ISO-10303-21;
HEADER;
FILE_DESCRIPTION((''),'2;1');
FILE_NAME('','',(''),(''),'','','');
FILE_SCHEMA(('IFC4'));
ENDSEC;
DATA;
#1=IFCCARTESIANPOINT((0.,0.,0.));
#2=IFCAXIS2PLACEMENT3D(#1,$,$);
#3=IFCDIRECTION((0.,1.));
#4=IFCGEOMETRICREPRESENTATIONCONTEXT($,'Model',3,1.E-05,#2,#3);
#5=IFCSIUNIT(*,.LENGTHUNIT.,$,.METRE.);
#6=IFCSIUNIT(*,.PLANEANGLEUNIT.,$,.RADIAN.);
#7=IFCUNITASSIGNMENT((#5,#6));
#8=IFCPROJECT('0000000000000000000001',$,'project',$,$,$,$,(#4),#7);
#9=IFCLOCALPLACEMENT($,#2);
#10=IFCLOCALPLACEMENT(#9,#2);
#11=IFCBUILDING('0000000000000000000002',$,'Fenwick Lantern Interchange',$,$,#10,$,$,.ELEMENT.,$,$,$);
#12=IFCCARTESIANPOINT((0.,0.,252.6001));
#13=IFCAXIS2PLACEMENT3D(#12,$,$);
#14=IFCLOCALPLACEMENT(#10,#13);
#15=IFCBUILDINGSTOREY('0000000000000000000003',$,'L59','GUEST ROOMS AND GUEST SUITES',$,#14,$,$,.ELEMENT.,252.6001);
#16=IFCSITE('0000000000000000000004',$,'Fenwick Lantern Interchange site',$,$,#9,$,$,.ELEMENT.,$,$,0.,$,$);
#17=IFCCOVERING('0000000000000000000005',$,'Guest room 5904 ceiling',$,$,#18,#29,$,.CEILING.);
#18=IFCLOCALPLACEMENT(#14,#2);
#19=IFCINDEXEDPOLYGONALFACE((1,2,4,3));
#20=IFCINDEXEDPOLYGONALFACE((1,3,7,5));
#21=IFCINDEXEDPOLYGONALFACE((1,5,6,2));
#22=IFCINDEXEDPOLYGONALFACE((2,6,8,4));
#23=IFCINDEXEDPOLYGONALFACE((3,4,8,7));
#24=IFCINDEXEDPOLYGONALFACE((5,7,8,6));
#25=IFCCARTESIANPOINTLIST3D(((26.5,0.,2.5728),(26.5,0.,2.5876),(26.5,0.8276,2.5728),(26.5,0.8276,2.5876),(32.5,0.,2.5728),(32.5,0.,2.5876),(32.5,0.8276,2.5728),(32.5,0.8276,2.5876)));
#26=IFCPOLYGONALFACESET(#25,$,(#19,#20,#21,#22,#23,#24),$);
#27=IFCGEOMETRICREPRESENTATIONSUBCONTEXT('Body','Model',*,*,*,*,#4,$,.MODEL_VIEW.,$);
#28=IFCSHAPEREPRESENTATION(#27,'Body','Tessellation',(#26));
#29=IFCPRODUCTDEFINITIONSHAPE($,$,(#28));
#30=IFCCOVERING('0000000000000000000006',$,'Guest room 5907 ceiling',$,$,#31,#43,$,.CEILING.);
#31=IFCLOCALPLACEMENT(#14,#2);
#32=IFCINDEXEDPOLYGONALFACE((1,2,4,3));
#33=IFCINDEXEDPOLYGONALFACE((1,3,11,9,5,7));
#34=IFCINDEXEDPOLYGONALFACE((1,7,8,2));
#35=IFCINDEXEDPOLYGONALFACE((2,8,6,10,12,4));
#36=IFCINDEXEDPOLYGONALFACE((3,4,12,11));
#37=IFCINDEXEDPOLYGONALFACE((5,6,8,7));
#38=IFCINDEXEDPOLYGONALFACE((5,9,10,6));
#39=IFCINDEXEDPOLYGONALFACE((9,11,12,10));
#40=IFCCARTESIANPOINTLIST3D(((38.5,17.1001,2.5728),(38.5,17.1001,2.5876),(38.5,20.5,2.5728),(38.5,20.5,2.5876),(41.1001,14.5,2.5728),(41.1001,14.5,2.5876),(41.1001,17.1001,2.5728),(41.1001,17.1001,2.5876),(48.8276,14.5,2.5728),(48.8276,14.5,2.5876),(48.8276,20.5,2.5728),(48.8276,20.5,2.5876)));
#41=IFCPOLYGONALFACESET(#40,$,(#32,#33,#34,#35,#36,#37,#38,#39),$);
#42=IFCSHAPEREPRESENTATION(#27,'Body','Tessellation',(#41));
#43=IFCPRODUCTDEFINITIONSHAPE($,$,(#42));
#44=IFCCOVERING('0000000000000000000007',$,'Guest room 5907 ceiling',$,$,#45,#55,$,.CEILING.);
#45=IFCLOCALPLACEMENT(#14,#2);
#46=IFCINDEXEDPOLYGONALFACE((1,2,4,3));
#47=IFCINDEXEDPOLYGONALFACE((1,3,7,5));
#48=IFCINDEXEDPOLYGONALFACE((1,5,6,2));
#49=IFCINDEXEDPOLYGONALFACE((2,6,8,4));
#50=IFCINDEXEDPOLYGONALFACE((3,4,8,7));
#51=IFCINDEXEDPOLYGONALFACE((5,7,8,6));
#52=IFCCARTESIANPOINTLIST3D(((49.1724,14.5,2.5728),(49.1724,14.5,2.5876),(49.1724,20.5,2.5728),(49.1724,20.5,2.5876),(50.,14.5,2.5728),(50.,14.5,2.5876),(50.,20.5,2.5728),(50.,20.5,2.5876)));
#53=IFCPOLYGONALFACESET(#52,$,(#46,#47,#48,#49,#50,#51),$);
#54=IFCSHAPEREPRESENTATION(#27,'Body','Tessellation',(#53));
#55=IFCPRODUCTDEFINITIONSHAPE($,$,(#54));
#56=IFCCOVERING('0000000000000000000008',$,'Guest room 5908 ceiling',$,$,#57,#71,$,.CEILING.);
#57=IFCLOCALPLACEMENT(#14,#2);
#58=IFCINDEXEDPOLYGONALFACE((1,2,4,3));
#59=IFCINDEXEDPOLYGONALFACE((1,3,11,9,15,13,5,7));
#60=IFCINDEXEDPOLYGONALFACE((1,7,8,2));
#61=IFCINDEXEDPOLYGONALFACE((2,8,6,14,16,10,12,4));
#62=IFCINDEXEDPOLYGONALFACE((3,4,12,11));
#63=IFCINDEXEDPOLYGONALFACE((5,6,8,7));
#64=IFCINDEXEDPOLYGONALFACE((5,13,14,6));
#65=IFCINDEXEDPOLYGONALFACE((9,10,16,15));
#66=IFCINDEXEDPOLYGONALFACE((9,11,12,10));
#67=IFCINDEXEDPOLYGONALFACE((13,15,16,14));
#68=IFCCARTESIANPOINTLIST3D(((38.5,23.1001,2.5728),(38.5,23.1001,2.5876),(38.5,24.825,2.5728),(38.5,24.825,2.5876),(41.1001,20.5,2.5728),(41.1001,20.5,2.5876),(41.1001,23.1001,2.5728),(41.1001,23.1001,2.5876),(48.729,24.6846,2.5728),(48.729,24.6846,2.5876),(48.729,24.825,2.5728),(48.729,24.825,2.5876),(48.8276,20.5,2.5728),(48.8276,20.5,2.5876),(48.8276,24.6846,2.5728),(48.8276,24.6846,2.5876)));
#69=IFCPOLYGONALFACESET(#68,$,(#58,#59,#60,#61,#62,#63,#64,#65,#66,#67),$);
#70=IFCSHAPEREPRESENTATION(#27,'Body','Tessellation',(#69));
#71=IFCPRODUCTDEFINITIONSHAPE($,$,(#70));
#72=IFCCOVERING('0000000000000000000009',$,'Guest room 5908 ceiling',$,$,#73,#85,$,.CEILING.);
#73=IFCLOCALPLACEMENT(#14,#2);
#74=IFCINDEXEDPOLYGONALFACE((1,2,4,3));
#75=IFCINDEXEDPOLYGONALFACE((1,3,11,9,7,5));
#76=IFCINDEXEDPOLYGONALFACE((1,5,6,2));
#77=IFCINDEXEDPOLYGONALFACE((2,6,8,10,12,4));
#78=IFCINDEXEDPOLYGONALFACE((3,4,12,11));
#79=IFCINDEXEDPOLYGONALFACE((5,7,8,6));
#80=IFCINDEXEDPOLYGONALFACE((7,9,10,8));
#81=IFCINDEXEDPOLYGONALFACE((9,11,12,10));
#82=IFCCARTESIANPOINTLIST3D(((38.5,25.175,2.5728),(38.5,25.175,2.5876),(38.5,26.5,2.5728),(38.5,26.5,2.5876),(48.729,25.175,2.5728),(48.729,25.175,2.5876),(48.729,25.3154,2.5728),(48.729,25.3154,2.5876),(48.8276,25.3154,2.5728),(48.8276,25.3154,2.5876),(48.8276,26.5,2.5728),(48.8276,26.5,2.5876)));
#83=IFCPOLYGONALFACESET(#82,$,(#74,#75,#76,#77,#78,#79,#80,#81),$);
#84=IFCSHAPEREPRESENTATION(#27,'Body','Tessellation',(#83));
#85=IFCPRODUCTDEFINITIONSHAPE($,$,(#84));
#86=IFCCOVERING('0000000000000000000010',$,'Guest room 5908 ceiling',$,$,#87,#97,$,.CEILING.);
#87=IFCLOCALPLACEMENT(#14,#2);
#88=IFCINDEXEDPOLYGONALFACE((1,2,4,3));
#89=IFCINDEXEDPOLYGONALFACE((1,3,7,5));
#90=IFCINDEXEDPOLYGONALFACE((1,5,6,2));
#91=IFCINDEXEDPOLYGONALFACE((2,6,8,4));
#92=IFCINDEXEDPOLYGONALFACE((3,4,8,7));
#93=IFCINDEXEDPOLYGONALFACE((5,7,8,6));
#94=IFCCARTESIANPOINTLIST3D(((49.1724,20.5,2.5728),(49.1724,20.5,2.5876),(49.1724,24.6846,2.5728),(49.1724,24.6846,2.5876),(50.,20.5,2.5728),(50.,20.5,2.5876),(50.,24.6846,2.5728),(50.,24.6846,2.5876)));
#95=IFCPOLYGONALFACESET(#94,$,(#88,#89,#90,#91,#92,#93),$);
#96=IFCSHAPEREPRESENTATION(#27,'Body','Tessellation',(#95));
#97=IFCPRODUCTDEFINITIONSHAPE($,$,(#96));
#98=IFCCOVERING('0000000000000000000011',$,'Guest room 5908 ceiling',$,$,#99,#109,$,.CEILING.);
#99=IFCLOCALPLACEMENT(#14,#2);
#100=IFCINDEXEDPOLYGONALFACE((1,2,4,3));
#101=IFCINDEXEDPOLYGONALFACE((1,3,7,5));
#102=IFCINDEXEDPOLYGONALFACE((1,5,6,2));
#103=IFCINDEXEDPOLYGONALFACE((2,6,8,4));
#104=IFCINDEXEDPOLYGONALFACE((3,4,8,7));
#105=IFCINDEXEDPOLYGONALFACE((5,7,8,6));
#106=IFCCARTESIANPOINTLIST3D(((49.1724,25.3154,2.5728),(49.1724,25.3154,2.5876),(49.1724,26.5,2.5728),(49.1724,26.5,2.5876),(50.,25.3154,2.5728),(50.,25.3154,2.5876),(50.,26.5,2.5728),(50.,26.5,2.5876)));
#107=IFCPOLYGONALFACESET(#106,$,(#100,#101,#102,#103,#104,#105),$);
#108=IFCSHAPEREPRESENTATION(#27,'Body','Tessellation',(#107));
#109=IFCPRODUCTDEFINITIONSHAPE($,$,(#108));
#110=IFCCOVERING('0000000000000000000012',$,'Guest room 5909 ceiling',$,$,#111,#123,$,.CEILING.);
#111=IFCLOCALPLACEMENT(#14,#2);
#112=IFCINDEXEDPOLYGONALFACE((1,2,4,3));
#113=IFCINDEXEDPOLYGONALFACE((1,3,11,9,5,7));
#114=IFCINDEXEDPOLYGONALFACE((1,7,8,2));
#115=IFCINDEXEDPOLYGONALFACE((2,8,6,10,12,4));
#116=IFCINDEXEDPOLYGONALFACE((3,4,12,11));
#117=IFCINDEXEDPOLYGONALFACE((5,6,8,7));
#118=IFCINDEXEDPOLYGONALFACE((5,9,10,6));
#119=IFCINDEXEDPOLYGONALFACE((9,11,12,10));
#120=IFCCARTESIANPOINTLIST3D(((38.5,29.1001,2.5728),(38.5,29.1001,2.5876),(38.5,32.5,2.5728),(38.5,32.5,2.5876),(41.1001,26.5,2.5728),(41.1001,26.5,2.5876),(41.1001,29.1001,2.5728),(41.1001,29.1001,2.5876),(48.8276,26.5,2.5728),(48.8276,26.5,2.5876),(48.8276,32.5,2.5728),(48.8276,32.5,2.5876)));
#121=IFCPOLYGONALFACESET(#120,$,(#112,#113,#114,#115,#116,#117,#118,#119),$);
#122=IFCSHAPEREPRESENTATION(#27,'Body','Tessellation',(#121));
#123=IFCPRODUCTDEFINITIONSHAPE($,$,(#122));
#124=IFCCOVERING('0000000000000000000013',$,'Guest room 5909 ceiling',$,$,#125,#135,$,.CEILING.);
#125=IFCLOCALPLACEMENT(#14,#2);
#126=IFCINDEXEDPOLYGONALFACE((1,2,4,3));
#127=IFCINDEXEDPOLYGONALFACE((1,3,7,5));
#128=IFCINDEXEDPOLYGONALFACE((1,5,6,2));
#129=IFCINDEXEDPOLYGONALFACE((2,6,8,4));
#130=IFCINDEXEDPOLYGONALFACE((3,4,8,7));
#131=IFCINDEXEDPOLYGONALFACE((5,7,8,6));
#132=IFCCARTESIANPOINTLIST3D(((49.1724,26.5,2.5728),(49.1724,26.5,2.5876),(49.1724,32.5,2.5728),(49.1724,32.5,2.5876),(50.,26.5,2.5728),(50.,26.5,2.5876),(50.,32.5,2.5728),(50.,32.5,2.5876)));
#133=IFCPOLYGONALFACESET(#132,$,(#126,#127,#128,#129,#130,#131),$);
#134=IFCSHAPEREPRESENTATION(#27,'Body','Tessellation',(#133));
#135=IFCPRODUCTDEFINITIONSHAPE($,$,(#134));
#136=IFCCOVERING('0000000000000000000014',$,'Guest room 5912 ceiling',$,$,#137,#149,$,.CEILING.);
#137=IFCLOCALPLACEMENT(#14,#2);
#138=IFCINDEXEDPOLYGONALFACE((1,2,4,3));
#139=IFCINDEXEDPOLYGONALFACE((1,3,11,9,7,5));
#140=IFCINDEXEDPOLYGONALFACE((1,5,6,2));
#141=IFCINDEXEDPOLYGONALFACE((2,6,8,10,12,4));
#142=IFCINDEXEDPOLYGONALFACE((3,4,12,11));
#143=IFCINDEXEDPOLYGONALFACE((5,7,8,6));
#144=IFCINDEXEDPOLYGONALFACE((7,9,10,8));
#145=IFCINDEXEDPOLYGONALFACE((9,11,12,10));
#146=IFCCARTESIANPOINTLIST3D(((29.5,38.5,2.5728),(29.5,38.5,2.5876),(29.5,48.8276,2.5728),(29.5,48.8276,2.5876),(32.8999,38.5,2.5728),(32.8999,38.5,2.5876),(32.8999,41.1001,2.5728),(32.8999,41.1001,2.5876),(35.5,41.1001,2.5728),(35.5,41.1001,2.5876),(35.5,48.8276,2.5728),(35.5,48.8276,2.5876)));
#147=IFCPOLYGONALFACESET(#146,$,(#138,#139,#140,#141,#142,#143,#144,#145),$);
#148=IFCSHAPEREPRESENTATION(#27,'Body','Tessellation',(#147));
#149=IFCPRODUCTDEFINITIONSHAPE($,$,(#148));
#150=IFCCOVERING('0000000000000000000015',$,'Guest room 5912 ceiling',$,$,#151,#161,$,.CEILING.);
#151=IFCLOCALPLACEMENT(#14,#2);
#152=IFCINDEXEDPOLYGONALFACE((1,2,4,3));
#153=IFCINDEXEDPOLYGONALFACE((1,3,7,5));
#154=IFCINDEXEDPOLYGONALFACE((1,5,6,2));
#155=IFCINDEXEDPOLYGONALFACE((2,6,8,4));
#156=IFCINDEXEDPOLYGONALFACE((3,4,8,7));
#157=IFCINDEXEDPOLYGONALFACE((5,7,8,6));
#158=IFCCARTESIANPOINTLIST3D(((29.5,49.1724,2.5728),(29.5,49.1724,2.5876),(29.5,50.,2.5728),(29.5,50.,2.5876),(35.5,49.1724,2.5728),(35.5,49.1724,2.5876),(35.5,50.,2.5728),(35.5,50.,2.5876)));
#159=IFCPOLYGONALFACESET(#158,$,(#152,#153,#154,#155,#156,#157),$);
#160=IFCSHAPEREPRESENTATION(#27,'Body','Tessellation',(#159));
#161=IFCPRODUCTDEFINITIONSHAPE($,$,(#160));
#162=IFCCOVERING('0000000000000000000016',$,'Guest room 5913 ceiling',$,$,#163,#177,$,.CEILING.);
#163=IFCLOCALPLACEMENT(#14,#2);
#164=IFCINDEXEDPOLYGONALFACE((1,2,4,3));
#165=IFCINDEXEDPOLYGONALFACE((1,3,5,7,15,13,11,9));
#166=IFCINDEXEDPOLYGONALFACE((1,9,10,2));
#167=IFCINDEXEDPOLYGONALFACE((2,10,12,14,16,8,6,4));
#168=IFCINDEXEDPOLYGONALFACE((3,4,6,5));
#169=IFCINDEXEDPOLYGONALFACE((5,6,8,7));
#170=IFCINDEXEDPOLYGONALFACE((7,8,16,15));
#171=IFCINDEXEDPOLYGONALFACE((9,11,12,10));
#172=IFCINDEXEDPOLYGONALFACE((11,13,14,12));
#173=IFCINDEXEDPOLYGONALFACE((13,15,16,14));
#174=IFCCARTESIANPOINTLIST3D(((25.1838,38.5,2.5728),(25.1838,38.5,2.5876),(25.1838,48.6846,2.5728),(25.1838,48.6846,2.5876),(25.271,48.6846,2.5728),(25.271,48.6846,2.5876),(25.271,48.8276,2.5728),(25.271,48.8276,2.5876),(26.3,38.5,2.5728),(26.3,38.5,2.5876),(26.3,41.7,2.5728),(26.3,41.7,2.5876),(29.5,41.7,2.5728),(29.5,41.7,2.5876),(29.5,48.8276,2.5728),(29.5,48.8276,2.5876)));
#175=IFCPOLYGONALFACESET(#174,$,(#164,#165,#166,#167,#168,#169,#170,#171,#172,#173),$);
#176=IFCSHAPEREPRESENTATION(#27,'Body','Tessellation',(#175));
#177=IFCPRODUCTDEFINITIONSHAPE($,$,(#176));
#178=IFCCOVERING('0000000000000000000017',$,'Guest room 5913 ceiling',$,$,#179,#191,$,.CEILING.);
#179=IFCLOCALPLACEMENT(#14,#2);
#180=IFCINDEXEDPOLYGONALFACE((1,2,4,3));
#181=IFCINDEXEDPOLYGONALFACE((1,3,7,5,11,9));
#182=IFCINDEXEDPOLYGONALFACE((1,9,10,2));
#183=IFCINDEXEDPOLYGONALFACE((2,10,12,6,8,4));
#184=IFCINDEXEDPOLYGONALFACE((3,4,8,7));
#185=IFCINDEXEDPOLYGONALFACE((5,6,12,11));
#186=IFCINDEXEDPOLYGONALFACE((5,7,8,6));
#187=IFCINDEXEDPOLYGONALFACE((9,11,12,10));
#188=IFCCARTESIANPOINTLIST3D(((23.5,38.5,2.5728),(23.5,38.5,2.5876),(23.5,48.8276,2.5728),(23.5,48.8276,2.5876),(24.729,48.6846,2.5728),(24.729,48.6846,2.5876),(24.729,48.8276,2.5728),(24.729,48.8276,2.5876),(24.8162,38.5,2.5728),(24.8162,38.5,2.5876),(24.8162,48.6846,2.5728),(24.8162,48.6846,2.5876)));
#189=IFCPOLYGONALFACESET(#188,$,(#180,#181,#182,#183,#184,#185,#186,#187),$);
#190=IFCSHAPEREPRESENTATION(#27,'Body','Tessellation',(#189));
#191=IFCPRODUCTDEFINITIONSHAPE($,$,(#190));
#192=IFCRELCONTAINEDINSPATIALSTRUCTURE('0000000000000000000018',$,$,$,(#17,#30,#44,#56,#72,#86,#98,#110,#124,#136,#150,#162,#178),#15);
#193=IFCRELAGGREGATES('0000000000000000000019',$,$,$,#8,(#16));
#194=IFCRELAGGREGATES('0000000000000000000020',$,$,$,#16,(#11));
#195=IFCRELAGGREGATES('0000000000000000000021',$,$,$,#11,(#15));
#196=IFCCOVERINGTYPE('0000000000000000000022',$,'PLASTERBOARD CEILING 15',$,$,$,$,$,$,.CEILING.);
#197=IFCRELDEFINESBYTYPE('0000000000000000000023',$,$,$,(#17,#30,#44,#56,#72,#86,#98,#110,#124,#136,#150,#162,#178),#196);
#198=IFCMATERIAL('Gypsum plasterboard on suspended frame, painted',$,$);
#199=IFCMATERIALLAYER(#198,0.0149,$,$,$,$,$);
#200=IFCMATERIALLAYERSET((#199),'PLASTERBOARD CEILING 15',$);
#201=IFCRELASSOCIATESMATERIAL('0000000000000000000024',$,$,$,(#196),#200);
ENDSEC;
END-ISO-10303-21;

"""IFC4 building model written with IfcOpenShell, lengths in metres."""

from ifc_helpers import new_model, si_unit, direction, frame, origin, place, context, subcontext, project, spatial, polyline, outline, extrude, material, layer, layer_set, type_object, element, save


model = new_model("IFC4")

# Units and contexts
model_context = context("Model", 3, precision=1e-05, world=origin(), true_north=direction((0.0, 1.0)))
body_context = subcontext(model_context, "Body", "Model", "MODEL_VIEW")
ifc_project = project(units=[si_unit("LENGTHUNIT", "METRE"), si_unit("PLANEANGLEUNIT", "RADIAN")], contexts=[model_context])

# Site, building, storey
site_placement = place(None, origin())
site = spatial("IfcSite", under=ifc_project, at=site_placement, Name="Fenwick Lantern Interchange site", CompositionType="ELEMENT", RefElevation=0.0)
building_placement = place(site_placement, origin())
building = spatial("IfcBuilding", under=site, at=building_placement, Name="Fenwick Lantern Interchange", CompositionType="ELEMENT")
storey_placement = place(building_placement, frame((0.0, 0.0, 252.6001)))
storey = spatial("IfcBuildingStorey", under=building, at=storey_placement, Name="L59", Description="GUEST ROOMS AND GUEST SUITES", CompositionType="ELEMENT", Elevation=252.6001)

# Coverings
ifc_material_1 = material(Name="Gypsum plasterboard on suspended frame, painted")
ifc_layer_1 = layer(ifc_material_1, 0.0149)
ifc_layer_set_1 = layer_set([ifc_layer_1], Name="PLASTERBOARD CEILING 15")
covering_type_1 = type_object("IfcCoveringType", Name="PLASTERBOARD CEILING 15", PredefinedType="CEILING", material=ifc_layer_set_1)
covering_1_placement = place(storey_placement, frame((0.0, 0.0, 2.5728)))
element("IfcCovering", 1, at=covering_1_placement, inside=storey, type_object=covering_type_1, Name="Guest room 5904 ceiling", PredefinedType="CEILING", context=body_context, shape_type="SweptSolid", body=[
    extrude(outline(polyline([(32.5, 0.0), (32.5, 0.8276), (26.5, 0.8276), (26.5, 0.0), (32.5, 0.0)])), origin(), (0.0, 0.0, 1.0), 0.0149),
])
covering_2_placement = place(storey_placement, frame((0.0, 0.0, 2.5728)))
element("IfcCovering", 2, at=covering_2_placement, inside=storey, type_object=covering_type_1, Name="Guest room 5907 ceiling", PredefinedType="CEILING", context=body_context, shape_type="SweptSolid", body=[
    extrude(outline(polyline([(48.8276, 20.5), (38.5, 20.5), (38.5, 17.1001), (41.1001, 17.1001), (41.1001, 14.5), (48.8276, 14.5), (48.8276, 20.5)])), origin(), (0.0, 0.0, 1.0), 0.0149),
])
covering_3_placement = place(storey_placement, frame((0.0, 0.0, 2.5728)))
element("IfcCovering", 3, at=covering_3_placement, inside=storey, type_object=covering_type_1, Name="Guest room 5907 ceiling", PredefinedType="CEILING", context=body_context, shape_type="SweptSolid", body=[
    extrude(outline(polyline([(50.0, 20.5), (49.1724, 20.5), (49.1724, 14.5), (50.0, 14.5), (50.0, 20.5)])), origin(), (0.0, 0.0, 1.0), 0.0149),
])
covering_4_placement = place(storey_placement, frame((0.0, 0.0, 2.5728)))
element("IfcCovering", 4, at=covering_4_placement, inside=storey, type_object=covering_type_1, Name="Guest room 5908 ceiling", PredefinedType="CEILING", context=body_context, shape_type="SweptSolid", body=[
    extrude(outline(polyline([(48.729, 24.6846), (48.729, 24.825), (38.5, 24.825), (38.5, 23.1001), (41.1001, 23.1001), (41.1001, 20.5), (48.8276, 20.5), (48.8276, 24.6846), (48.729, 24.6846)])), origin(), (0.0, 0.0, 1.0), 0.0149),
])
covering_5_placement = place(storey_placement, frame((0.0, 0.0, 2.5728)))
element("IfcCovering", 5, at=covering_5_placement, inside=storey, type_object=covering_type_1, Name="Guest room 5908 ceiling", PredefinedType="CEILING", context=body_context, shape_type="SweptSolid", body=[
    extrude(outline(polyline([(48.729, 25.3154), (48.8276, 25.3154), (48.8276, 26.5), (38.5, 26.5), (38.5, 25.175), (48.729, 25.175), (48.729, 25.3154)])), origin(), (0.0, 0.0, 1.0), 0.0149),
])
covering_6_placement = place(storey_placement, frame((0.0, 0.0, 2.5728)))
element("IfcCovering", 6, at=covering_6_placement, inside=storey, type_object=covering_type_1, Name="Guest room 5908 ceiling", PredefinedType="CEILING", context=body_context, shape_type="SweptSolid", body=[
    extrude(outline(polyline([(50.0, 24.6846), (49.1724, 24.6846), (49.1724, 20.5), (50.0, 20.5), (50.0, 24.6846)])), origin(), (0.0, 0.0, 1.0), 0.0149),
])
covering_7_placement = place(storey_placement, frame((0.0, 0.0, 2.5728)))
element("IfcCovering", 7, at=covering_7_placement, inside=storey, type_object=covering_type_1, Name="Guest room 5908 ceiling", PredefinedType="CEILING", context=body_context, shape_type="SweptSolid", body=[
    extrude(outline(polyline([(50.0, 25.3154), (50.0, 26.5), (49.1724, 26.5), (49.1724, 25.3154), (50.0, 25.3154)])), origin(), (0.0, 0.0, 1.0), 0.0149),
])
covering_8_placement = place(storey_placement, frame((0.0, 0.0, 2.5728)))
element("IfcCovering", 8, at=covering_8_placement, inside=storey, type_object=covering_type_1, Name="Guest room 5909 ceiling", PredefinedType="CEILING", context=body_context, shape_type="SweptSolid", body=[
    extrude(outline(polyline([(48.8276, 32.5), (38.5, 32.5), (38.5, 29.1001), (41.1001, 29.1001), (41.1001, 26.5), (48.8276, 26.5), (48.8276, 32.5)])), origin(), (0.0, 0.0, 1.0), 0.0149),
])
covering_9_placement = place(storey_placement, frame((0.0, 0.0, 2.5728)))
element("IfcCovering", 9, at=covering_9_placement, inside=storey, type_object=covering_type_1, Name="Guest room 5909 ceiling", PredefinedType="CEILING", context=body_context, shape_type="SweptSolid", body=[
    extrude(outline(polyline([(50.0, 32.5), (49.1724, 32.5), (49.1724, 26.5), (50.0, 26.5), (50.0, 32.5)])), origin(), (0.0, 0.0, 1.0), 0.0149),
])
covering_10_placement = place(storey_placement, frame((0.0, 0.0, 2.5728)))
element("IfcCovering", 10, at=covering_10_placement, inside=storey, type_object=covering_type_1, Name="Guest room 5912 ceiling", PredefinedType="CEILING", context=body_context, shape_type="SweptSolid", body=[
    extrude(outline(polyline([(29.5, 48.8276), (29.5, 38.5), (32.8999, 38.5), (32.8999, 41.1001), (35.5, 41.1001), (35.5, 48.8276), (29.5, 48.8276)])), origin(), (0.0, 0.0, 1.0), 0.0149),
])
covering_11_placement = place(storey_placement, frame((0.0, 0.0, 2.5728)))
element("IfcCovering", 11, at=covering_11_placement, inside=storey, type_object=covering_type_1, Name="Guest room 5912 ceiling", PredefinedType="CEILING", context=body_context, shape_type="SweptSolid", body=[
    extrude(outline(polyline([(29.5, 50.0), (29.5, 49.1724), (35.5, 49.1724), (35.5, 50.0), (29.5, 50.0)])), origin(), (0.0, 0.0, 1.0), 0.0149),
])
covering_12_placement = place(storey_placement, frame((0.0, 0.0, 2.5728)))
element("IfcCovering", 12, at=covering_12_placement, inside=storey, type_object=covering_type_1, Name="Guest room 5913 ceiling", PredefinedType="CEILING", context=body_context, shape_type="SweptSolid", body=[
    extrude(outline(polyline([(25.271, 48.6846), (25.1838, 48.6846), (25.1838, 38.5), (26.3, 38.5), (26.3, 41.7), (29.5, 41.7), (29.5, 48.8276), (25.271, 48.8276), (25.271, 48.6846)])), origin(), (0.0, 0.0, 1.0), 0.0149),
])
covering_13_placement = place(storey_placement, frame((0.0, 0.0, 2.5728)))
element("IfcCovering", 13, at=covering_13_placement, inside=storey, type_object=covering_type_1, Name="Guest room 5913 ceiling", PredefinedType="CEILING", context=body_context, shape_type="SweptSolid", body=[
    extrude(outline(polyline([(24.729, 48.6846), (24.729, 48.8276), (23.5, 48.8276), (23.5, 38.5), (24.8162, 38.5), (24.8162, 48.6846), (24.729, 48.6846)])), origin(), (0.0, 0.0, 1.0), 0.0149),
])

save(model, "model.ifc")
